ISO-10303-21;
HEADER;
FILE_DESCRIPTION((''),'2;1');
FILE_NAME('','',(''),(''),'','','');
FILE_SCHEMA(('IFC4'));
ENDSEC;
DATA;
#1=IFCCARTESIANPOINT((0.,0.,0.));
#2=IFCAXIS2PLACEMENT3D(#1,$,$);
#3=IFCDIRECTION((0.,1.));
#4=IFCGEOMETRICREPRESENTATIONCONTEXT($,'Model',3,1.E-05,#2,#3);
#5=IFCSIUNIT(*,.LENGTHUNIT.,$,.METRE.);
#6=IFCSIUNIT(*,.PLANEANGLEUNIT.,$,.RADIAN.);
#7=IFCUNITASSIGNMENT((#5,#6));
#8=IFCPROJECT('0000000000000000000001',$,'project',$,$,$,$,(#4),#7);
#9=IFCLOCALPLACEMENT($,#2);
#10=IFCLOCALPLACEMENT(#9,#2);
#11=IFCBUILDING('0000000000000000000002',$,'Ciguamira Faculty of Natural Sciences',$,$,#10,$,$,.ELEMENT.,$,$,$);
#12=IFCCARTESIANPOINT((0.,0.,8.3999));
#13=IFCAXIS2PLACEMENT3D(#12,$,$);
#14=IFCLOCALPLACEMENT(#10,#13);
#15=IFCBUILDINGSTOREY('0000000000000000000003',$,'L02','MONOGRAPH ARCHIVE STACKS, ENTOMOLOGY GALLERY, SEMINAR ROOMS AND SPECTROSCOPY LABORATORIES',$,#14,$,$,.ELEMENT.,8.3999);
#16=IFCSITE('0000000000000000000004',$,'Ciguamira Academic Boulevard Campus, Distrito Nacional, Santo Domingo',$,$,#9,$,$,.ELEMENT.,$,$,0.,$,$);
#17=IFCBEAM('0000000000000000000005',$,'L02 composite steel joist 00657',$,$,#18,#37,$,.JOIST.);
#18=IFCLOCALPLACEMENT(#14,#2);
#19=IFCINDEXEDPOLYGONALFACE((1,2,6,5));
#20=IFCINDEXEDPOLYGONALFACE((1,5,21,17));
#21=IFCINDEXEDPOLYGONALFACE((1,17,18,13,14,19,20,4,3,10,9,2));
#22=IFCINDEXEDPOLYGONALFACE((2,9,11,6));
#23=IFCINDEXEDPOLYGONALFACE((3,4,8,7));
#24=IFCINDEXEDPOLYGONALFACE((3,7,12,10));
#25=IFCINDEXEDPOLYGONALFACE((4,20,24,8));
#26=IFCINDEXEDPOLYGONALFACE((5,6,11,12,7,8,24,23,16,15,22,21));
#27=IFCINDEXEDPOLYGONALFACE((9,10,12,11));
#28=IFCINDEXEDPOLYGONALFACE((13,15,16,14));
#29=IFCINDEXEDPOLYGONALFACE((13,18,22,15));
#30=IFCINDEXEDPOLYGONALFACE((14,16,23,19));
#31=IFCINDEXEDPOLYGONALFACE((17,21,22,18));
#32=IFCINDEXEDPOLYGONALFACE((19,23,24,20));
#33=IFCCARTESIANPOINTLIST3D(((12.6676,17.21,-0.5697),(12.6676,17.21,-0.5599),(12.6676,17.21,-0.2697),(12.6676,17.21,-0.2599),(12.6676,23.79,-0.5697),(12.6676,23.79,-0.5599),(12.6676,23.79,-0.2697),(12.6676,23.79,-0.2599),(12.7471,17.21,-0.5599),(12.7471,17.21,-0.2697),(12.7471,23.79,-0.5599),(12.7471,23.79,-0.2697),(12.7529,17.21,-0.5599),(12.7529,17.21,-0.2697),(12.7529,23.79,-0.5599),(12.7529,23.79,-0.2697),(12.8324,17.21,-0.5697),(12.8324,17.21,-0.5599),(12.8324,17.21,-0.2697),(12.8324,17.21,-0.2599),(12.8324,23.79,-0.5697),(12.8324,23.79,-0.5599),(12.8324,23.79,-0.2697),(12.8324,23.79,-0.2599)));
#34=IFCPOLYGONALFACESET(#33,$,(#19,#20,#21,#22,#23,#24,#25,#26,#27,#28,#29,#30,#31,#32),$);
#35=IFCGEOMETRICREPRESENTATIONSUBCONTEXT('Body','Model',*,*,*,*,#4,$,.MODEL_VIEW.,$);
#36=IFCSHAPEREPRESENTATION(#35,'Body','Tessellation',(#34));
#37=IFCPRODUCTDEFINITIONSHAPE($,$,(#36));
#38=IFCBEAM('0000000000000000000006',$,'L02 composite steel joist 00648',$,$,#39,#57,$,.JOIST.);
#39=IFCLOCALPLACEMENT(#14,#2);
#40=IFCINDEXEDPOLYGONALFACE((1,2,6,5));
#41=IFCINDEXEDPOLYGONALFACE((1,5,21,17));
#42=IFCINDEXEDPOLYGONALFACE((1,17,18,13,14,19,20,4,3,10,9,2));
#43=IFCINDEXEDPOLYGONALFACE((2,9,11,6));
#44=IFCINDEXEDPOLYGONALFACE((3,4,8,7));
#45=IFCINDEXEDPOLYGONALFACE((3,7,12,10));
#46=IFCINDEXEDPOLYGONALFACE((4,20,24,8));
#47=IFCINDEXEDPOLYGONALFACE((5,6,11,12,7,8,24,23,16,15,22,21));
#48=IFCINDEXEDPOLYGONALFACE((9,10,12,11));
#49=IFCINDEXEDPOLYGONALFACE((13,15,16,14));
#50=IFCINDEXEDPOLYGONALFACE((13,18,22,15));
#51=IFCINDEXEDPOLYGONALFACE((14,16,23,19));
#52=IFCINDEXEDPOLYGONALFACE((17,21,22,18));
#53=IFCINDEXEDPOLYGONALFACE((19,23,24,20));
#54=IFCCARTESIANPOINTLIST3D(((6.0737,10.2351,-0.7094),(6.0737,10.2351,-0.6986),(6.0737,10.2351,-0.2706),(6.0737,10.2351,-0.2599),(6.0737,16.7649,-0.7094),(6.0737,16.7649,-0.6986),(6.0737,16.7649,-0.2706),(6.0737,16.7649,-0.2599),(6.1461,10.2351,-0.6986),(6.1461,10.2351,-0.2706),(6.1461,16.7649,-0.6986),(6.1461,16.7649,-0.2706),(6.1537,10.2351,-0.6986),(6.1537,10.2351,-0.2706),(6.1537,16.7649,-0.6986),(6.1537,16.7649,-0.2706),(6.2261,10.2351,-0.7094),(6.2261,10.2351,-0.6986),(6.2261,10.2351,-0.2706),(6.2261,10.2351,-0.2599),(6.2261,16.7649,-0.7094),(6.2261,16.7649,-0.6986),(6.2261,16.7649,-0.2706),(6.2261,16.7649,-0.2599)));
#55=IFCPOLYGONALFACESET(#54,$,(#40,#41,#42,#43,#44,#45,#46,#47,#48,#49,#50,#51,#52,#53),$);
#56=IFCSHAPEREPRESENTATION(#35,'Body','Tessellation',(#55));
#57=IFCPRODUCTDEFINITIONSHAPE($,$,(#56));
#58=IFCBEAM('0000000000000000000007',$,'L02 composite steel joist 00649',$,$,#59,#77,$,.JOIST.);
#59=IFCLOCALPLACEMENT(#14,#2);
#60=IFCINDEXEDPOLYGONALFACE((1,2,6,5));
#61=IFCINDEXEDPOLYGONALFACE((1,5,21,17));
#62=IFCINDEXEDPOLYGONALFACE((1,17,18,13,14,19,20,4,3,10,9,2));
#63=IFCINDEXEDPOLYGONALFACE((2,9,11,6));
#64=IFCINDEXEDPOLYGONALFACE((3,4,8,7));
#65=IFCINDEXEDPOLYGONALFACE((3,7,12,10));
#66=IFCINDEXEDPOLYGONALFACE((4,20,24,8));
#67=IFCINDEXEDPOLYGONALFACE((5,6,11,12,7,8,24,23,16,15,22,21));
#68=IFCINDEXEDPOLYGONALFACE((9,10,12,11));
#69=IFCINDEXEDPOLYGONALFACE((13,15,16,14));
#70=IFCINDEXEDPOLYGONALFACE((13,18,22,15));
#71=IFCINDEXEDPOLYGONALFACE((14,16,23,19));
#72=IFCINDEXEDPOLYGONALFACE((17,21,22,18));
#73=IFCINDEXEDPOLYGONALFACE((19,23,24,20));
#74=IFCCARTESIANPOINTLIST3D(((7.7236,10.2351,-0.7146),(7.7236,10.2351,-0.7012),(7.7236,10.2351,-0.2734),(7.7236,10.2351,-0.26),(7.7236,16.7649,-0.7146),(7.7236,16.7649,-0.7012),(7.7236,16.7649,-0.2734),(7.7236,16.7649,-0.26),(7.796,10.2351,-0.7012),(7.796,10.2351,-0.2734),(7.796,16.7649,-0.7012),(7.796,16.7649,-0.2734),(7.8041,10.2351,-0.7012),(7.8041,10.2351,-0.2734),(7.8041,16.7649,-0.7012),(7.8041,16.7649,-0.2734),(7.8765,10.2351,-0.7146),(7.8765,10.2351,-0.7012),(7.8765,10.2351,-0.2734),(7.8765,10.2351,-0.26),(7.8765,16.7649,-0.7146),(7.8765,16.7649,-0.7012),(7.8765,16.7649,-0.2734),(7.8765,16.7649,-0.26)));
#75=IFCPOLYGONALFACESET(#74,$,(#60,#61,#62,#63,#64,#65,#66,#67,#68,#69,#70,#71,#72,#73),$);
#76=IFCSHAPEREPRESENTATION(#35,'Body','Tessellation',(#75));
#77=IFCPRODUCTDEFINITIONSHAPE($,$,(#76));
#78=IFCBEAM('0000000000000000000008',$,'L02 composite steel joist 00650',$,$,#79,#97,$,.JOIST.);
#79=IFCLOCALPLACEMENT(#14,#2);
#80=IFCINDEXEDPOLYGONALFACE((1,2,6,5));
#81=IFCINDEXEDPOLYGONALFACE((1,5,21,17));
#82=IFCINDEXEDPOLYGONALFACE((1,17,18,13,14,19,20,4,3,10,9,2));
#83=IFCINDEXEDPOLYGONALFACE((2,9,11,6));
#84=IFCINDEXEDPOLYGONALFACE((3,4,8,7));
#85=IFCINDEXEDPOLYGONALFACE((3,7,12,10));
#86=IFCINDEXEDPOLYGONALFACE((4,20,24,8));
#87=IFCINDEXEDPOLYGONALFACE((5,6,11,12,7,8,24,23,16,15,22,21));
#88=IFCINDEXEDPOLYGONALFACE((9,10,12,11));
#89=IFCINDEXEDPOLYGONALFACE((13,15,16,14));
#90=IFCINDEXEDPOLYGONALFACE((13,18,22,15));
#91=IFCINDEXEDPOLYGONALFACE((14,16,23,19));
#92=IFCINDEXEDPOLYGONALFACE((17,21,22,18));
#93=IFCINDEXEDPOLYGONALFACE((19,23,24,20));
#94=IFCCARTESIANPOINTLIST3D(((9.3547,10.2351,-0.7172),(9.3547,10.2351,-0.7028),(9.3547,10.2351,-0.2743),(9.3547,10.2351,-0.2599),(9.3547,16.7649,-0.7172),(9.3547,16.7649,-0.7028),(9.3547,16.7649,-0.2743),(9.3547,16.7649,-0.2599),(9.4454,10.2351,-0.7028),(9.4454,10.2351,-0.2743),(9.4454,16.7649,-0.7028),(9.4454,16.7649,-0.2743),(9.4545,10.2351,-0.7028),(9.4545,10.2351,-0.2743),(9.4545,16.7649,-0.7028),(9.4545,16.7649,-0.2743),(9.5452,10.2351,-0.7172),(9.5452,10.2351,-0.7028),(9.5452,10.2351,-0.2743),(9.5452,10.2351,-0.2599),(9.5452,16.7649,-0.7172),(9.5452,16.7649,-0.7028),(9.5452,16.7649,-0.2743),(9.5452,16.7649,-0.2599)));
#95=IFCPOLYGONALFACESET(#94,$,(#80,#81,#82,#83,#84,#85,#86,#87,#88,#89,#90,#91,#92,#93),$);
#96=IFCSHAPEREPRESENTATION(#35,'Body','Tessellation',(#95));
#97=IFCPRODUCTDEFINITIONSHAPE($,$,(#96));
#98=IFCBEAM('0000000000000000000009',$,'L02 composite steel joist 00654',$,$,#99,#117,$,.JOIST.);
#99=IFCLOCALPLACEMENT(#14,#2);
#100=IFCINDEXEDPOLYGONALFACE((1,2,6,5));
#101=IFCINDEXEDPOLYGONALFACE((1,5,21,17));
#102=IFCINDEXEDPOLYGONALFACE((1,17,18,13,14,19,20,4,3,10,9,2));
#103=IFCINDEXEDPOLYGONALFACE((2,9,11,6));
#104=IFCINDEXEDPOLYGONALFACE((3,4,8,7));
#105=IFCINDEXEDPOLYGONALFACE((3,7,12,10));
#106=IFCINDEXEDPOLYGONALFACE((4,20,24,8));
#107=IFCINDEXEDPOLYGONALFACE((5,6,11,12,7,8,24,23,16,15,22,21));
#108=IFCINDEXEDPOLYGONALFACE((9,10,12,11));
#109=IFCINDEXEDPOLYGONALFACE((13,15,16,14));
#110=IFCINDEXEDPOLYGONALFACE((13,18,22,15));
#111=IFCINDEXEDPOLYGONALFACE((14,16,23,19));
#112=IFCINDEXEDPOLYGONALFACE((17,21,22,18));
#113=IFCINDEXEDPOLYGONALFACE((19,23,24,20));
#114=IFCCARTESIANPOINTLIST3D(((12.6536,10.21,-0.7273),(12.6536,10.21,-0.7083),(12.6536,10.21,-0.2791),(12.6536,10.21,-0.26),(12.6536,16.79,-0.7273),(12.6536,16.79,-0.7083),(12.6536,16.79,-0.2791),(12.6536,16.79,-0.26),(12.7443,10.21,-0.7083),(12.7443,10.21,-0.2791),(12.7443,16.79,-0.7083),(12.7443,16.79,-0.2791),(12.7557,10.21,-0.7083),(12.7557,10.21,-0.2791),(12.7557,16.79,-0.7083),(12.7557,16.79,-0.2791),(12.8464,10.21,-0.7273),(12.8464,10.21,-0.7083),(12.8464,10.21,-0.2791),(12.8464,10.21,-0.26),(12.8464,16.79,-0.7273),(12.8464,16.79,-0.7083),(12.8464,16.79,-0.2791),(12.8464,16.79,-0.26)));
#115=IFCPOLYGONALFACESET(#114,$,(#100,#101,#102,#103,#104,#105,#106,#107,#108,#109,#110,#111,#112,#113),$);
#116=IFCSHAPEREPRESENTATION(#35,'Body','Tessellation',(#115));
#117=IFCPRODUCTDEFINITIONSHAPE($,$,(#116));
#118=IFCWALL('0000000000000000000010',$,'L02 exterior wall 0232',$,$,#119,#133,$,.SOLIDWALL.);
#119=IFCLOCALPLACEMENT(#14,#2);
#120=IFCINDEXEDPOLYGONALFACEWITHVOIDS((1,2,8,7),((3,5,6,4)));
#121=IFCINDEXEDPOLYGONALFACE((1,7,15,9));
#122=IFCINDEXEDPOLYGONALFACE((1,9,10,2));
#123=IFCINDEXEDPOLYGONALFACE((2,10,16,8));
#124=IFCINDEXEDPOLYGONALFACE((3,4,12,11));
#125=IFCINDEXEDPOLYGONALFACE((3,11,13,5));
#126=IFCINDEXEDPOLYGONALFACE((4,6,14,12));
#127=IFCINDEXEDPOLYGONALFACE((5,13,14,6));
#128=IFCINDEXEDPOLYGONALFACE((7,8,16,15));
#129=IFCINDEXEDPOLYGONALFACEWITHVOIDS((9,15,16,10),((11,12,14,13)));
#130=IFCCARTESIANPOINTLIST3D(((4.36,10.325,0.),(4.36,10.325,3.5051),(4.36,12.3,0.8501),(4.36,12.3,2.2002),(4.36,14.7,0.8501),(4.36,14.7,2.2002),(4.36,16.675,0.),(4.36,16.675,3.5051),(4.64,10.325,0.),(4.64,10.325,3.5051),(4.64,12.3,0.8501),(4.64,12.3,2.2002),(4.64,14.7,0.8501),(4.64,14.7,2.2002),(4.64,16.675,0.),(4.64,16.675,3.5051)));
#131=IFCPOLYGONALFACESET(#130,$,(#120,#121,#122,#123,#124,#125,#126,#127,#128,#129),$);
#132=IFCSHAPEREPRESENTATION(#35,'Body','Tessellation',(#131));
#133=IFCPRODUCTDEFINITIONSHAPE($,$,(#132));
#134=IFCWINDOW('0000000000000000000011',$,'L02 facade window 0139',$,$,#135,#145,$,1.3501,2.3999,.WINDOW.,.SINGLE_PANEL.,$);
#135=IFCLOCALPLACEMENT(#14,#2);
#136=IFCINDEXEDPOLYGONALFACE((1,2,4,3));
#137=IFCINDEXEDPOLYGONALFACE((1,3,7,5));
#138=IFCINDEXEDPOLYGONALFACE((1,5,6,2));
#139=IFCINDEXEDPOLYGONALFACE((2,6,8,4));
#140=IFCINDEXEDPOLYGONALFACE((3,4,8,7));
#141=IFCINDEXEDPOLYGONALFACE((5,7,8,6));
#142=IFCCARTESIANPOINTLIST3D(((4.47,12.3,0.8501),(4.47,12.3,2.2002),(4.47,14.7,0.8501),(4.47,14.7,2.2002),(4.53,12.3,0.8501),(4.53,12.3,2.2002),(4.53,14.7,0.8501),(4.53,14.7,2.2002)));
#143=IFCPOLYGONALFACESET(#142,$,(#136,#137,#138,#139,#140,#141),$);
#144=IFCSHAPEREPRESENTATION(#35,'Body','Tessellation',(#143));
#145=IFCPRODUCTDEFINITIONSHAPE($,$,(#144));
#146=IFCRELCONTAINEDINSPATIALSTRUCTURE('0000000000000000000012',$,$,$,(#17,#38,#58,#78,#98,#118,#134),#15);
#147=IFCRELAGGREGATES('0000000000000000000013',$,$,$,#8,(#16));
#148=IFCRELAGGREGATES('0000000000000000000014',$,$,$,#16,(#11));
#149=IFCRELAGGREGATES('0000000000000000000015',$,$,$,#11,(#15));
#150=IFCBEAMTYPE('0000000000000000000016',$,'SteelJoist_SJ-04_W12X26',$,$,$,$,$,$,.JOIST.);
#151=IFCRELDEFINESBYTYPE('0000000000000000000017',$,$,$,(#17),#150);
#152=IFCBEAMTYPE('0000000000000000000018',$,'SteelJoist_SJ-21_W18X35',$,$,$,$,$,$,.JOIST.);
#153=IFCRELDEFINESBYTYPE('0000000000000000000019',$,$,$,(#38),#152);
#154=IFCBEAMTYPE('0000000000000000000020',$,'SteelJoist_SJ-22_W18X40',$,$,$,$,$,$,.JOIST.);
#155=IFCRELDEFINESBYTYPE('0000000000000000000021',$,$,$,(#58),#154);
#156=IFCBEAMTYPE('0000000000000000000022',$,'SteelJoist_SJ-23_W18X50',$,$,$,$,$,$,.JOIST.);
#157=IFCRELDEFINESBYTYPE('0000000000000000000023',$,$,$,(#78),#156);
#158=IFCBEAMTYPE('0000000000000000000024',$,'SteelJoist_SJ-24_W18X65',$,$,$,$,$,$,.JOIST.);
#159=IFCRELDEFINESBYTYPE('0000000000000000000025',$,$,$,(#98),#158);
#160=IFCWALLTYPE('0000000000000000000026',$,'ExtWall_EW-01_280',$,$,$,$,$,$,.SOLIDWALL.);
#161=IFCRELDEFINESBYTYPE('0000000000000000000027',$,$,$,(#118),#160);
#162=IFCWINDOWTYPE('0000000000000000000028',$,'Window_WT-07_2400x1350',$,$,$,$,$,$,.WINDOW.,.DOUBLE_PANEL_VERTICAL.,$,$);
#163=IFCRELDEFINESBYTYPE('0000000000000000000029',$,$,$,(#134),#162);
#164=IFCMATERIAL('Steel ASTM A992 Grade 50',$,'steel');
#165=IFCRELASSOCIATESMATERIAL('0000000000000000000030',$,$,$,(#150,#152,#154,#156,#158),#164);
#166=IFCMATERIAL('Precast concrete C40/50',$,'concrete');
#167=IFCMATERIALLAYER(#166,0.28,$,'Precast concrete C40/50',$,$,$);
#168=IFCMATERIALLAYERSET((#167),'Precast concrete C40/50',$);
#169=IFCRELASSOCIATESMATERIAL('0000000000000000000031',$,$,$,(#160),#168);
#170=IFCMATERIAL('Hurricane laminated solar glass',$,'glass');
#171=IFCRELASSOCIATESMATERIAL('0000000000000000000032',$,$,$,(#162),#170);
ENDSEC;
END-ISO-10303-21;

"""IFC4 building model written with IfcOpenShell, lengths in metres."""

from ifc_helpers import new_model, si_unit, direction, frame, frame_2d, origin, origin_2d, place, context, subcontext, project, spatial, rectangle, i_section, extrude, material, layer, layer_set, material_profile, profile_set, type_object, element, fill, save


model = new_model("IFC4")

# Units and contexts
model_context = context("Model", 3, precision=1e-05, world=origin(), true_north=direction((0.0, 1.0)))
body_context = subcontext(model_context, "Body", "Model", "MODEL_VIEW")
ifc_project = project(units=[si_unit("LENGTHUNIT", "METRE"), si_unit("PLANEANGLEUNIT", "RADIAN")], contexts=[model_context])

# Site, building, storey
site_placement = place(None, origin())
site = spatial("IfcSite", under=ifc_project, at=site_placement, Name="Ciguamira Academic Boulevard Campus, Distrito Nacional, Santo Domingo", CompositionType="ELEMENT", RefElevation=0.0)
building_placement = place(site_placement, origin())
building = spatial("IfcBuilding", under=site, at=building_placement, Name="Ciguamira Faculty of Natural Sciences", CompositionType="ELEMENT")
storey_placement = place(building_placement, frame((0.0, 0.0, 8.3999)))
storey = spatial("IfcBuildingStorey", under=building, at=storey_placement, Name="L02", Description="MONOGRAPH ARCHIVE STACKS, ENTOMOLOGY GALLERY, SEMINAR ROOMS AND SPECTROSCOPY LABORATORIES", CompositionType="ELEMENT", Elevation=8.3999)

# Beams
ifc_material_1 = material(Name="Precast concrete C40/50", Category="concrete")
ifc_material_2 = material(Name="Steel ASTM A992 Grade 50", Category="steel")
ifc_material_profile_1 = material_profile(ifc_material_2, i_section(OverallWidth=0.1648, OverallDepth=0.3098, WebThickness=0.0059, FlangeThickness=0.0098, at=origin_2d()), Name="W12X26")
ifc_profile_set_1 = profile_set([ifc_material_profile_1], Name="Steel ASTM A992 Grade 50")
beam_type_1 = type_object("IfcBeamType", Name="SteelJoist_SJ-04_W12X26", PredefinedType="JOIST", material=ifc_profile_set_1)
beam_1_placement = place(storey_placement, frame((12.75, 17.21, -0.4148), z_axis=(0.0, 1.0, 0.0), x_axis=(-1.0, 0.0, 0.0)))
element("IfcBeam", 1, at=beam_1_placement, inside=storey, type_object=beam_type_1, Name="L02 composite steel joist 00657", PredefinedType="JOIST", context=body_context, shape_type="SweptSolid", body=[
    extrude(i_section(OverallWidth=0.1648, OverallDepth=0.3098, WebThickness=0.0059, FlangeThickness=0.0098, at=origin_2d()), origin(), (0.0, 0.0, 1.0), 6.5801),
])
ifc_material_profile_2 = material_profile(ifc_material_2, i_section(OverallWidth=0.1523, OverallDepth=0.4495, WebThickness=0.0076, FlangeThickness=0.0107, at=origin_2d()), Name="W18X35")
ifc_profile_set_2 = profile_set([ifc_material_profile_2], Name="Steel ASTM A992 Grade 50")
beam_type_2 = type_object("IfcBeamType", Name="SteelJoist_SJ-21_W18X35", PredefinedType="JOIST", material=ifc_profile_set_2)
beam_2_placement = place(storey_placement, frame((6.1499, 10.2351, -0.4846), z_axis=(0.0, 1.0, 0.0), x_axis=(-1.0, 0.0, 0.0)))
element("IfcBeam", 2, at=beam_2_placement, inside=storey, type_object=beam_type_2, Name="L02 composite steel joist 00648", PredefinedType="JOIST", context=body_context, shape_type="SweptSolid", body=[
    extrude(i_section(OverallWidth=0.1523, OverallDepth=0.4495, WebThickness=0.0076, FlangeThickness=0.0107, at=origin_2d()), origin(), (0.0, 0.0, 1.0), 6.5298),
])
ifc_material_profile_3 = material_profile(ifc_material_2, i_section(OverallWidth=0.1528, OverallDepth=0.4546, WebThickness=0.0081, FlangeThickness=0.0134, at=origin_2d()), Name="W18X40")
ifc_profile_set_3 = profile_set([ifc_material_profile_3], Name="Steel ASTM A992 Grade 50")
beam_type_3 = type_object("IfcBeamType", Name="SteelJoist_SJ-22_W18X40", PredefinedType="JOIST", material=ifc_profile_set_3)
beam_3_placement = place(storey_placement, frame((7.8, 10.2351, -0.4873), z_axis=(0.0, 1.0, 0.0), x_axis=(-1.0, 0.0, 0.0)))
element("IfcBeam", 3, at=beam_3_placement, inside=storey, type_object=beam_type_3, Name="L02 composite steel joist 00649", PredefinedType="JOIST", context=body_context, shape_type="SweptSolid", body=[
    extrude(i_section(OverallWidth=0.1528, OverallDepth=0.4546, WebThickness=0.0081, FlangeThickness=0.0134, at=origin_2d()), origin(), (0.0, 0.0, 1.0), 6.5298),
])
ifc_material_profile_4 = material_profile(ifc_material_2, i_section(OverallWidth=0.1904, OverallDepth=0.4573, WebThickness=0.009, FlangeThickness=0.0144, at=origin_2d()), Name="W18X50")
ifc_profile_set_4 = profile_set([ifc_material_profile_4], Name="Steel ASTM A992 Grade 50")
beam_type_4 = type_object("IfcBeamType", Name="SteelJoist_SJ-23_W18X50", PredefinedType="JOIST", material=ifc_profile_set_4)
beam_4_placement = place(storey_placement, frame((9.45, 10.2351, -0.4885), z_axis=(0.0, 1.0, 0.0), x_axis=(-1.0, 0.0, 0.0)))
element("IfcBeam", 4, at=beam_4_placement, inside=storey, type_object=beam_type_4, Name="L02 composite steel joist 00650", PredefinedType="JOIST", context=body_context, shape_type="SweptSolid", body=[
    extrude(i_section(OverallWidth=0.1904, OverallDepth=0.4573, WebThickness=0.009, FlangeThickness=0.0144, at=origin_2d()), origin(), (0.0, 0.0, 1.0), 6.5298),
])
ifc_material_profile_5 = material_profile(ifc_material_2, i_section(OverallWidth=0.1929, OverallDepth=0.4673, WebThickness=0.0115, FlangeThickness=0.019, at=origin_2d()), Name="W18X65")
ifc_profile_set_5 = profile_set([ifc_material_profile_5], Name="Steel ASTM A992 Grade 50")
beam_type_5 = type_object("IfcBeamType", Name="SteelJoist_SJ-24_W18X65", PredefinedType="JOIST", material=ifc_profile_set_5)
beam_5_placement = place(storey_placement, frame((12.75, 10.21, -0.4937), z_axis=(0.0, 1.0, 0.0), x_axis=(-1.0, 0.0, 0.0)))
element("IfcBeam", 5, at=beam_5_placement, inside=storey, type_object=beam_type_5, Name="L02 composite steel joist 00654", PredefinedType="JOIST", context=body_context, shape_type="SweptSolid", body=[
    extrude(i_section(OverallWidth=0.1929, OverallDepth=0.4673, WebThickness=0.0115, FlangeThickness=0.019, at=origin_2d()), origin(), (0.0, 0.0, 1.0), 6.5801),
])

# Wall, opening, window
ifc_layer_1 = layer(ifc_material_1, 0.28, Name="Precast concrete C40/50")
ifc_layer_set_1 = layer_set([ifc_layer_1], Name="Precast concrete C40/50")
wall_type_1 = type_object("IfcWallType", Name="ExtWall_EW-01_280", PredefinedType="SOLIDWALL", material=ifc_layer_set_1)
wall_1_placement = place(storey_placement, frame((4.5, 10.325, 0.0), z_axis=(0.0, 0.0, 1.0), x_axis=(0.0, 1.0, 0.0)))
wall_1 = element("IfcWall", 6, at=wall_1_placement, inside=storey, type_object=wall_type_1, Name="L02 exterior wall 0232", PredefinedType="SOLIDWALL", context=body_context, shape_type="SweptSolid", body=[
    extrude(rectangle(XDim=6.3501, YDim=0.28, at=frame_2d((3.175, 0.0))), origin(), (0.0, 0.0, 1.0), 3.5051),
])
opening_1_placement = place(wall_1_placement, frame((1.9751, 0.0, 0.8501)))
opening_1 = element("IfcOpeningElement", 7, at=opening_1_placement, cuts=wall_1, PredefinedType="OPENING", context=body_context, shape_type="SweptSolid", body=[
    extrude(rectangle(XDim=2.3999, YDim=1.3501, at=frame_2d((1.2, 0.675))), frame((0.0, 0.1499, 0.0), z_axis=(0.0, -1.0, 0.0), x_axis=(1.0, 0.0, 0.0)), (0.0, 0.0, 1.0), 0.3),
])
ifc_material_3 = material(Name="Hurricane laminated solar glass", Category="glass")
window_type = type_object("IfcWindowType", Name="Window_WT-07_2400x1350", PartitioningType="DOUBLE_PANEL_VERTICAL", PredefinedType="WINDOW", material=ifc_material_3)
window_placement = place(opening_1_placement, origin())
window = element("IfcWindow", 8, at=window_placement, inside=storey, type_object=window_type, Name="L02 facade window 0139", OverallHeight=1.3501, OverallWidth=2.3999, PartitioningType="SINGLE_PANEL", PredefinedType="WINDOW", context=body_context, shape_type="SweptSolid", body=[
    extrude(rectangle(XDim=2.3999, YDim=1.3501, at=frame_2d((1.2, 0.675))), frame((0.0, 0.03, 0.0), z_axis=(0.0, -1.0, 0.0), x_axis=(1.0, 0.0, 0.0)), (0.0, 0.0, 1.0), 0.0601),
])
fill(opening_1, window)

save(model, "model.ifc")
